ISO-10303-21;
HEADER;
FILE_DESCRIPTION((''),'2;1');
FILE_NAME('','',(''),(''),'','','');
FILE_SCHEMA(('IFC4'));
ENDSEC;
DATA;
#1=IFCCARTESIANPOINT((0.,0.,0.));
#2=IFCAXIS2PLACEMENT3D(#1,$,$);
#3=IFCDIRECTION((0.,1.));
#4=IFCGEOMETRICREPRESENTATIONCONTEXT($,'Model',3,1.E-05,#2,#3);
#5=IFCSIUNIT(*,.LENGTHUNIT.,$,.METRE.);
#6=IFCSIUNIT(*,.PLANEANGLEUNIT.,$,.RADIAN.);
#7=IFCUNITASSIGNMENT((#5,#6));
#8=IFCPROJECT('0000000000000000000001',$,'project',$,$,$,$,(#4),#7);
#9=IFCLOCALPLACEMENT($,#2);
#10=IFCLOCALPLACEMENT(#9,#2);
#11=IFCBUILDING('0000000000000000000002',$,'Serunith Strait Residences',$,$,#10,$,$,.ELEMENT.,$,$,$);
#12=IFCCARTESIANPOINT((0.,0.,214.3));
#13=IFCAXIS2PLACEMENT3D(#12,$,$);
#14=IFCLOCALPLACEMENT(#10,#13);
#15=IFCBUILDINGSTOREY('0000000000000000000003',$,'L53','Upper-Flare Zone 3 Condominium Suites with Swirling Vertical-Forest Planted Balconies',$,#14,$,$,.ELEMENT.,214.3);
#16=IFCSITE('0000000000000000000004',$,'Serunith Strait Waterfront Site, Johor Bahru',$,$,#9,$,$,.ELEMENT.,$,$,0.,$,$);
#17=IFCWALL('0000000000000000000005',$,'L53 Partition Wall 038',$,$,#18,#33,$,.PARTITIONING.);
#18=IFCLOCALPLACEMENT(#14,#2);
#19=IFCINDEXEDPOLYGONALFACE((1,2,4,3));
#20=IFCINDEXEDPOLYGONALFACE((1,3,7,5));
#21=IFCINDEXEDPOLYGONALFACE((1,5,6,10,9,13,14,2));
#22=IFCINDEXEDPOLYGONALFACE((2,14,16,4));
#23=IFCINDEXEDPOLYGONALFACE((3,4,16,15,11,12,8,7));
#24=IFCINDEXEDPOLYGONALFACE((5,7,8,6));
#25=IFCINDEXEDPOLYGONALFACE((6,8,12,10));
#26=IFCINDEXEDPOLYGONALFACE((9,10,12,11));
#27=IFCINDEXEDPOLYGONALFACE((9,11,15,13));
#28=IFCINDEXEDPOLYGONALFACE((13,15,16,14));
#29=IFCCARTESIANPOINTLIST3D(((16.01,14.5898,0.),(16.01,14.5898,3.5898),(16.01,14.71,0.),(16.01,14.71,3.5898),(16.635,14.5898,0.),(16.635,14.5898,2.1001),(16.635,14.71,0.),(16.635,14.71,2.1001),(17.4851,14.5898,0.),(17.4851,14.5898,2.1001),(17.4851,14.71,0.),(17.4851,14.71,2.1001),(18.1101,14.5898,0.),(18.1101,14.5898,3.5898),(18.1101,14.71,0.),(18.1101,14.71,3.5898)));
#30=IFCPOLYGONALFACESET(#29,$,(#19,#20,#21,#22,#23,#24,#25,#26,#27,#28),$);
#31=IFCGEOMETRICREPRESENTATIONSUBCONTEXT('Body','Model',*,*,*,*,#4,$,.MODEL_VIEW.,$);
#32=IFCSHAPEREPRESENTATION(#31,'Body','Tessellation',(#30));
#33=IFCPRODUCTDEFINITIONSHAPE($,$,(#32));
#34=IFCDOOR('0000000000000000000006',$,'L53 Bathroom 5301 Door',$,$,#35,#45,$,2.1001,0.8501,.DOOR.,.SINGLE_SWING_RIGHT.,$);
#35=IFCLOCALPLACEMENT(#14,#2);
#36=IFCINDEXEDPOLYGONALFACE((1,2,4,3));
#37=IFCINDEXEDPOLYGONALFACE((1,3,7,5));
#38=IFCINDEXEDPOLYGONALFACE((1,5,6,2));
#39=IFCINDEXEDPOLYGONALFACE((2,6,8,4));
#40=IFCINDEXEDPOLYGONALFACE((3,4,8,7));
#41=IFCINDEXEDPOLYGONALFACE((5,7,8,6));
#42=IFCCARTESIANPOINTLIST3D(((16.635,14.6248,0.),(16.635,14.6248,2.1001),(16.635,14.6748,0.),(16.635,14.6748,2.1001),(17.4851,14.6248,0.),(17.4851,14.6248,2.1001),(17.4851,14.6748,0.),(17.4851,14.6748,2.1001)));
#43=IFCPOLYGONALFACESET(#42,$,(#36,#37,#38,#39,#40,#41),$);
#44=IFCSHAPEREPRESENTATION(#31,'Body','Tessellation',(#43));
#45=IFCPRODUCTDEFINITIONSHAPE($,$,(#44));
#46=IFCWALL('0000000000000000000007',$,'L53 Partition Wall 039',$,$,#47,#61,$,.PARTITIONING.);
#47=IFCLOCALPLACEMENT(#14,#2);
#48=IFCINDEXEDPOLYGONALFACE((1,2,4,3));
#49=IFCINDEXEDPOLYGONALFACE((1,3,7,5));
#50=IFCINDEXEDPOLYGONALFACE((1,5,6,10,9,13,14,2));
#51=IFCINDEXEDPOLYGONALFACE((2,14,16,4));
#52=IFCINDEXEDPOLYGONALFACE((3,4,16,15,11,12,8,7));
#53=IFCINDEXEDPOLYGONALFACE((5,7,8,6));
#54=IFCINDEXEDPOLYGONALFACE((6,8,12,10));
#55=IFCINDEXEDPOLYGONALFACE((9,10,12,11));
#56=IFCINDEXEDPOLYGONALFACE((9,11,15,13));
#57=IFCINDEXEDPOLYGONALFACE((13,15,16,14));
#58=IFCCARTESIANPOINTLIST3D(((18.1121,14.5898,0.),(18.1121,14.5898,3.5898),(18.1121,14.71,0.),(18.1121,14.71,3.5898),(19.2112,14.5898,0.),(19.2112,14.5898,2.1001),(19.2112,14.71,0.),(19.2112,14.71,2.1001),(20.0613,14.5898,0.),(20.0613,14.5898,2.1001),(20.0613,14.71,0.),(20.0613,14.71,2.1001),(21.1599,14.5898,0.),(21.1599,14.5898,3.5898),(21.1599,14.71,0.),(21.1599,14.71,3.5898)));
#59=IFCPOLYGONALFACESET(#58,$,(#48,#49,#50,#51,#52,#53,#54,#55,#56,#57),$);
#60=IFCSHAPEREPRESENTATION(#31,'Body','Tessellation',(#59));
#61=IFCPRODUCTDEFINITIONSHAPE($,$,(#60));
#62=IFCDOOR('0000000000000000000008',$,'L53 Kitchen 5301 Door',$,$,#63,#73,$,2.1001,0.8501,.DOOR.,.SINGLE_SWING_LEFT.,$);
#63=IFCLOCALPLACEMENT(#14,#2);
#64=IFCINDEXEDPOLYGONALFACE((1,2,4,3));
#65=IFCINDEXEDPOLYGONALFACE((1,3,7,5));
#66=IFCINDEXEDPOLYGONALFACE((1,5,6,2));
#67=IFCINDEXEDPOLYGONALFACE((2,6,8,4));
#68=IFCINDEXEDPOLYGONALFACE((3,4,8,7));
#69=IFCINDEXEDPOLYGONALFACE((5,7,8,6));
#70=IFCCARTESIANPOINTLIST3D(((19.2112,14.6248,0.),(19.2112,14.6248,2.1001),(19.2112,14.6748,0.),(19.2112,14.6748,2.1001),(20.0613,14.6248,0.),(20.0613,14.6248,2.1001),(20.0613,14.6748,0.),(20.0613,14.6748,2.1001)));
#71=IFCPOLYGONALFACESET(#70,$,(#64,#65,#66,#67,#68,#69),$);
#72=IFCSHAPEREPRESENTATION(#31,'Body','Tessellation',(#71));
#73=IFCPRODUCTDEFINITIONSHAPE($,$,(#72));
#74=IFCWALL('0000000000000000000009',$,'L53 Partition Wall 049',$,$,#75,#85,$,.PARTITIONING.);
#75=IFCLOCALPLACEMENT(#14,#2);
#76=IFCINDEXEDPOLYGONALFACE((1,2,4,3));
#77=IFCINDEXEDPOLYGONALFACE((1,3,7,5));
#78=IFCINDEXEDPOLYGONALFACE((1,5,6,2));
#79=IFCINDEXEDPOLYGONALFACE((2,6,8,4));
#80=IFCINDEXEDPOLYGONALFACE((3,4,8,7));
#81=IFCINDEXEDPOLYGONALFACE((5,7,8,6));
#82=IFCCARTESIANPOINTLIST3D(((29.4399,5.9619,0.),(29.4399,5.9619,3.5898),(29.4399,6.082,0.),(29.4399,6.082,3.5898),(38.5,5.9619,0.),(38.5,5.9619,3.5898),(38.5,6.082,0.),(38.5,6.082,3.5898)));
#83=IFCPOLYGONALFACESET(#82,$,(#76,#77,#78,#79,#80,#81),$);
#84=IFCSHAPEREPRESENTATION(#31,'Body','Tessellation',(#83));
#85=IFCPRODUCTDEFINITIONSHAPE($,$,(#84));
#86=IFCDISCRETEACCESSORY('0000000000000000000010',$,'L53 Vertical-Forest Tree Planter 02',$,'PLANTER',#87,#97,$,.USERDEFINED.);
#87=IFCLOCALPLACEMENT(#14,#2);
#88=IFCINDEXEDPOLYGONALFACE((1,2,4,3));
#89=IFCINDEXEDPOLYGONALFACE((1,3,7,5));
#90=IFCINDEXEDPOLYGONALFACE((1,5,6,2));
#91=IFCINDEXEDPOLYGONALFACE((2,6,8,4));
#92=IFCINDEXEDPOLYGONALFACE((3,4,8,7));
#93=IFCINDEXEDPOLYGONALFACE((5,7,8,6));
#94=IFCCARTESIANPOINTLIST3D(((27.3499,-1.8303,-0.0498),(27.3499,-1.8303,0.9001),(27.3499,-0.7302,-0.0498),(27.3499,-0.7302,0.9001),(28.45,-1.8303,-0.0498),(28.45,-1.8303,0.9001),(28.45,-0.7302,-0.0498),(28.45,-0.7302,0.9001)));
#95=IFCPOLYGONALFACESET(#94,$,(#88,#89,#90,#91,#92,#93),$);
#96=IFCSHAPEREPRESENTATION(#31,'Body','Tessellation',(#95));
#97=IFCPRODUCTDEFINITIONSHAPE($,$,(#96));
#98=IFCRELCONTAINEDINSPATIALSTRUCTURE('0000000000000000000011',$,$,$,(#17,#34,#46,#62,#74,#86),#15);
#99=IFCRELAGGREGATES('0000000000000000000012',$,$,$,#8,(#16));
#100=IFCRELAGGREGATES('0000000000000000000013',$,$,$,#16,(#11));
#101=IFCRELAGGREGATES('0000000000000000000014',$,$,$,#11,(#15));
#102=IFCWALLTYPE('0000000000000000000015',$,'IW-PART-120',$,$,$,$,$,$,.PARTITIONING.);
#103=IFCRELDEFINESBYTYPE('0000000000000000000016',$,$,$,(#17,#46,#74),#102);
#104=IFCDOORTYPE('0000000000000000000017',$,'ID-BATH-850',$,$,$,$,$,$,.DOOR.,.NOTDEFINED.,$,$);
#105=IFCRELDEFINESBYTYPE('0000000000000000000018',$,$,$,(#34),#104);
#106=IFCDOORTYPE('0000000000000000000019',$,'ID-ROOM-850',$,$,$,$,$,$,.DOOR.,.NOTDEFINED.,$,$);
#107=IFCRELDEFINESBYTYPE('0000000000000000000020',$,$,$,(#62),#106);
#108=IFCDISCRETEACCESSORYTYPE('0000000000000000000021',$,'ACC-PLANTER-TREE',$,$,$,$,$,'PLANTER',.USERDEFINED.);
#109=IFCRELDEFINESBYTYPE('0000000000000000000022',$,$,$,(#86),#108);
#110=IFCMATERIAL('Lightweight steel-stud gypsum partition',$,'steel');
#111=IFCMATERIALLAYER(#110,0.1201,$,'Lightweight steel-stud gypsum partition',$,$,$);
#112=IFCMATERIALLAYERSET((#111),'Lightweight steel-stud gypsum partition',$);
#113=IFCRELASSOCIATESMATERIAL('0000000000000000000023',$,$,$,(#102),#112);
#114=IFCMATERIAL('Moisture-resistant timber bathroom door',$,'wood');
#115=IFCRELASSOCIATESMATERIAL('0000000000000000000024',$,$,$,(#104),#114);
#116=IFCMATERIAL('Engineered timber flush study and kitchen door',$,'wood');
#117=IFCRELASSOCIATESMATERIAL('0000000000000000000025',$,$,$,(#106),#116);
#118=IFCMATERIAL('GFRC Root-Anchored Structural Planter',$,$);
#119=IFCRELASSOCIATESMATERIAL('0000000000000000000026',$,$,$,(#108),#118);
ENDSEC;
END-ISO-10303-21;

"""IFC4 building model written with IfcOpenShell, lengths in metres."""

from ifc_helpers import new_model, si_unit, direction, frame, frame_2d, origin, origin_2d, place, context, subcontext, project, spatial, rectangle, extrude, source, transform, mapped, material, layer, layer_set, type_object, element, fill, save


model = new_model("IFC4")

# Units and contexts
model_context = context("Model", 3, precision=1e-05, world=origin(), true_north=direction((0.0, 1.0)))
body_context = subcontext(model_context, "Body", "Model", "MODEL_VIEW")
ifc_project = project(units=[si_unit("LENGTHUNIT", "METRE"), si_unit("PLANEANGLEUNIT", "RADIAN")], contexts=[model_context])

# Site, building, storey
site_placement = place(None, origin())
site = spatial("IfcSite", under=ifc_project, at=site_placement, Name="Serunith Strait Waterfront Site, Johor Bahru", CompositionType="ELEMENT", RefElevation=0.0)
building_placement = place(site_placement, origin())
building = spatial("IfcBuilding", under=site, at=building_placement, Name="Serunith Strait Residences", CompositionType="ELEMENT")
storey_placement = place(building_placement, frame((0.0, 0.0, 214.3)))
storey = spatial("IfcBuildingStorey", under=building, at=storey_placement, Name="L53", Description="Upper-Flare Zone 3 Condominium Suites with Swirling Vertical-Forest Planted Balconies", CompositionType="ELEMENT", Elevation=214.3)

# Shared definitions
ifc_material_1 = material(Name="Lightweight steel-stud gypsum partition", Category="steel")
ifc_layer_1 = layer(ifc_material_1, 0.1201, Name="Lightweight steel-stud gypsum partition")
ifc_layer_set_1 = layer_set([ifc_layer_1], Name="Lightweight steel-stud gypsum partition")
wall_type = type_object("IfcWallType", Name="IW-PART-120", PredefinedType="PARTITIONING", material=ifc_layer_set_1)

# Walls, openings, doors
wall_1_placement = place(storey_placement, frame((16.01, 14.6499, 0.0), z_axis=(0.0, 0.0, 1.0), x_axis=(1.0, 0.0, 0.0)))
wall_1 = element("IfcWall", 1, at=wall_1_placement, inside=storey, type_object=wall_type, Name="L53 Partition Wall 038", PredefinedType="PARTITIONING", context=body_context, shape_type="SweptSolid", body=[
    extrude(rectangle(XDim=2.1001, YDim=0.1201, at=frame_2d((1.05, 0.0))), origin(), (0.0, 0.0, 1.0), 3.5898),
])
opening_1_placement = place(wall_1_placement, frame((0.625, 0.0, 0.0)))
opening_1 = element("IfcOpeningElement", 2, at=opening_1_placement, cuts=wall_1, PredefinedType="OPENING", context=body_context, shape_type="SweptSolid", body=[
    extrude(rectangle(XDim=0.8501, YDim=2.1001, at=frame_2d((0.425, 1.05))), frame((0.0, 0.0701, 0.0), z_axis=(0.0, -1.0, 0.0), x_axis=(1.0, 0.0, 0.0)), (0.0, 0.0, 1.0), 0.1401),
])
ifc_material_2 = material(Name="Moisture-resistant timber bathroom door", Category="wood")
door_type_1 = type_object("IfcDoorType", Name="ID-BATH-850", OperationType="NOTDEFINED", PredefinedType="DOOR", material=ifc_material_2)
shared_shape_1 = source(origin(), body_context, "Body", "SweptSolid", [
    extrude(rectangle(XDim=0.8501, YDim=2.1001, at=frame_2d((0.425, 1.05))), frame((0.0, 0.0249, 0.0), z_axis=(0.0, -1.0, 0.0), x_axis=(1.0, 0.0, 0.0)), (0.0, 0.0, 1.0), 0.05),
])
door_1_placement = place(opening_1_placement, origin())
door_1 = element("IfcDoor", 3, at=door_1_placement, inside=storey, type_object=door_type_1, Name="L53 Bathroom 5301 Door", OperationType="SINGLE_SWING_RIGHT", OverallHeight=2.1001, OverallWidth=0.8501, PredefinedType="DOOR", context=body_context, shape_type="MappedRepresentation", body=[
    mapped(shared_shape_1, transform((0.0, 0.0, 0.0), scale=1.0)),
])
fill(opening_1, door_1)
wall_2_placement = place(storey_placement, frame((18.1121, 14.6499, 0.0), z_axis=(0.0, 0.0, 1.0), x_axis=(1.0, 0.0, 0.0)))
wall_2 = element("IfcWall", 4, at=wall_2_placement, inside=storey, type_object=wall_type, Name="L53 Partition Wall 039", PredefinedType="PARTITIONING", context=body_context, shape_type="SweptSolid", body=[
    extrude(rectangle(XDim=3.0479, YDim=0.1201, at=frame_2d((1.5239, 0.0))), origin(), (0.0, 0.0, 1.0), 3.5898),
])
opening_2_placement = place(wall_2_placement, frame((1.0991, 0.0, 0.0)))
opening_2 = element("IfcOpeningElement", 5, at=opening_2_placement, cuts=wall_2, PredefinedType="OPENING", context=body_context, shape_type="SweptSolid", body=[
    extrude(rectangle(XDim=0.8501, YDim=2.1001, at=frame_2d((0.425, 1.05))), frame((0.0, 0.0701, 0.0), z_axis=(0.0, -1.0, 0.0), x_axis=(1.0, 0.0, 0.0)), (0.0, 0.0, 1.0), 0.1401),
])
ifc_material_3 = material(Name="Engineered timber flush study and kitchen door", Category="wood")
door_type_2 = type_object("IfcDoorType", Name="ID-ROOM-850", OperationType="NOTDEFINED", PredefinedType="DOOR", material=ifc_material_3)
door_2_placement = place(opening_2_placement, origin())
door_2 = element("IfcDoor", 6, at=door_2_placement, inside=storey, type_object=door_type_2, Name="L53 Kitchen 5301 Door", OperationType="SINGLE_SWING_LEFT", OverallHeight=2.1001, OverallWidth=0.8501, PredefinedType="DOOR", context=body_context, shape_type="MappedRepresentation", body=[
    mapped(shared_shape_1, transform((0.0, 0.0, 0.0), scale=1.0)),
])
fill(opening_2, door_2)

# Wall
wall_3_placement = place(storey_placement, frame((29.4399, 6.022, 0.0), z_axis=(0.0, 0.0, 1.0), x_axis=(1.0, 0.0, 0.0)))
element("IfcWall", 7, at=wall_3_placement, inside=storey, type_object=wall_type, Name="L53 Partition Wall 049", PredefinedType="PARTITIONING", context=body_context, shape_type="SweptSolid", body=[
    extrude(rectangle(XDim=9.0601, YDim=0.1201, at=frame_2d((4.53, 0.0))), origin(), (0.0, 0.0, 1.0), 3.5898),
])

# Discrete accessory
ifc_material_4 = material(Name="GFRC Root-Anchored Structural Planter")
discrete_accessory_type = type_object("IfcDiscreteAccessoryType", Name="ACC-PLANTER-TREE", ElementType="PLANTER", PredefinedType="USERDEFINED", material=ifc_material_4)
shared_shape_2 = source(origin(), body_context, "Body", "SweptSolid", [
    extrude(rectangle(XDim=1.1001, YDim=1.1001, at=origin_2d()), origin(), (0.0, 0.0, 1.0), 0.95),
])
discrete_accessory_placement = place(storey_placement, frame((27.8999, -1.2803, -0.0498), z_axis=(0.0, 0.0, 1.0), x_axis=(1.0, 0.0, 0.0)))
element("IfcDiscreteAccessory", 8, at=discrete_accessory_placement, inside=storey, type_object=discrete_accessory_type, Name="L53 Vertical-Forest Tree Planter 02", ObjectType="PLANTER", PredefinedType="USERDEFINED", context=body_context, shape_type="MappedRepresentation", body=[
    mapped(shared_shape_2, transform((0.0, 0.0, 0.0), scale=1.0)),
])

save(model, "model.ifc")
